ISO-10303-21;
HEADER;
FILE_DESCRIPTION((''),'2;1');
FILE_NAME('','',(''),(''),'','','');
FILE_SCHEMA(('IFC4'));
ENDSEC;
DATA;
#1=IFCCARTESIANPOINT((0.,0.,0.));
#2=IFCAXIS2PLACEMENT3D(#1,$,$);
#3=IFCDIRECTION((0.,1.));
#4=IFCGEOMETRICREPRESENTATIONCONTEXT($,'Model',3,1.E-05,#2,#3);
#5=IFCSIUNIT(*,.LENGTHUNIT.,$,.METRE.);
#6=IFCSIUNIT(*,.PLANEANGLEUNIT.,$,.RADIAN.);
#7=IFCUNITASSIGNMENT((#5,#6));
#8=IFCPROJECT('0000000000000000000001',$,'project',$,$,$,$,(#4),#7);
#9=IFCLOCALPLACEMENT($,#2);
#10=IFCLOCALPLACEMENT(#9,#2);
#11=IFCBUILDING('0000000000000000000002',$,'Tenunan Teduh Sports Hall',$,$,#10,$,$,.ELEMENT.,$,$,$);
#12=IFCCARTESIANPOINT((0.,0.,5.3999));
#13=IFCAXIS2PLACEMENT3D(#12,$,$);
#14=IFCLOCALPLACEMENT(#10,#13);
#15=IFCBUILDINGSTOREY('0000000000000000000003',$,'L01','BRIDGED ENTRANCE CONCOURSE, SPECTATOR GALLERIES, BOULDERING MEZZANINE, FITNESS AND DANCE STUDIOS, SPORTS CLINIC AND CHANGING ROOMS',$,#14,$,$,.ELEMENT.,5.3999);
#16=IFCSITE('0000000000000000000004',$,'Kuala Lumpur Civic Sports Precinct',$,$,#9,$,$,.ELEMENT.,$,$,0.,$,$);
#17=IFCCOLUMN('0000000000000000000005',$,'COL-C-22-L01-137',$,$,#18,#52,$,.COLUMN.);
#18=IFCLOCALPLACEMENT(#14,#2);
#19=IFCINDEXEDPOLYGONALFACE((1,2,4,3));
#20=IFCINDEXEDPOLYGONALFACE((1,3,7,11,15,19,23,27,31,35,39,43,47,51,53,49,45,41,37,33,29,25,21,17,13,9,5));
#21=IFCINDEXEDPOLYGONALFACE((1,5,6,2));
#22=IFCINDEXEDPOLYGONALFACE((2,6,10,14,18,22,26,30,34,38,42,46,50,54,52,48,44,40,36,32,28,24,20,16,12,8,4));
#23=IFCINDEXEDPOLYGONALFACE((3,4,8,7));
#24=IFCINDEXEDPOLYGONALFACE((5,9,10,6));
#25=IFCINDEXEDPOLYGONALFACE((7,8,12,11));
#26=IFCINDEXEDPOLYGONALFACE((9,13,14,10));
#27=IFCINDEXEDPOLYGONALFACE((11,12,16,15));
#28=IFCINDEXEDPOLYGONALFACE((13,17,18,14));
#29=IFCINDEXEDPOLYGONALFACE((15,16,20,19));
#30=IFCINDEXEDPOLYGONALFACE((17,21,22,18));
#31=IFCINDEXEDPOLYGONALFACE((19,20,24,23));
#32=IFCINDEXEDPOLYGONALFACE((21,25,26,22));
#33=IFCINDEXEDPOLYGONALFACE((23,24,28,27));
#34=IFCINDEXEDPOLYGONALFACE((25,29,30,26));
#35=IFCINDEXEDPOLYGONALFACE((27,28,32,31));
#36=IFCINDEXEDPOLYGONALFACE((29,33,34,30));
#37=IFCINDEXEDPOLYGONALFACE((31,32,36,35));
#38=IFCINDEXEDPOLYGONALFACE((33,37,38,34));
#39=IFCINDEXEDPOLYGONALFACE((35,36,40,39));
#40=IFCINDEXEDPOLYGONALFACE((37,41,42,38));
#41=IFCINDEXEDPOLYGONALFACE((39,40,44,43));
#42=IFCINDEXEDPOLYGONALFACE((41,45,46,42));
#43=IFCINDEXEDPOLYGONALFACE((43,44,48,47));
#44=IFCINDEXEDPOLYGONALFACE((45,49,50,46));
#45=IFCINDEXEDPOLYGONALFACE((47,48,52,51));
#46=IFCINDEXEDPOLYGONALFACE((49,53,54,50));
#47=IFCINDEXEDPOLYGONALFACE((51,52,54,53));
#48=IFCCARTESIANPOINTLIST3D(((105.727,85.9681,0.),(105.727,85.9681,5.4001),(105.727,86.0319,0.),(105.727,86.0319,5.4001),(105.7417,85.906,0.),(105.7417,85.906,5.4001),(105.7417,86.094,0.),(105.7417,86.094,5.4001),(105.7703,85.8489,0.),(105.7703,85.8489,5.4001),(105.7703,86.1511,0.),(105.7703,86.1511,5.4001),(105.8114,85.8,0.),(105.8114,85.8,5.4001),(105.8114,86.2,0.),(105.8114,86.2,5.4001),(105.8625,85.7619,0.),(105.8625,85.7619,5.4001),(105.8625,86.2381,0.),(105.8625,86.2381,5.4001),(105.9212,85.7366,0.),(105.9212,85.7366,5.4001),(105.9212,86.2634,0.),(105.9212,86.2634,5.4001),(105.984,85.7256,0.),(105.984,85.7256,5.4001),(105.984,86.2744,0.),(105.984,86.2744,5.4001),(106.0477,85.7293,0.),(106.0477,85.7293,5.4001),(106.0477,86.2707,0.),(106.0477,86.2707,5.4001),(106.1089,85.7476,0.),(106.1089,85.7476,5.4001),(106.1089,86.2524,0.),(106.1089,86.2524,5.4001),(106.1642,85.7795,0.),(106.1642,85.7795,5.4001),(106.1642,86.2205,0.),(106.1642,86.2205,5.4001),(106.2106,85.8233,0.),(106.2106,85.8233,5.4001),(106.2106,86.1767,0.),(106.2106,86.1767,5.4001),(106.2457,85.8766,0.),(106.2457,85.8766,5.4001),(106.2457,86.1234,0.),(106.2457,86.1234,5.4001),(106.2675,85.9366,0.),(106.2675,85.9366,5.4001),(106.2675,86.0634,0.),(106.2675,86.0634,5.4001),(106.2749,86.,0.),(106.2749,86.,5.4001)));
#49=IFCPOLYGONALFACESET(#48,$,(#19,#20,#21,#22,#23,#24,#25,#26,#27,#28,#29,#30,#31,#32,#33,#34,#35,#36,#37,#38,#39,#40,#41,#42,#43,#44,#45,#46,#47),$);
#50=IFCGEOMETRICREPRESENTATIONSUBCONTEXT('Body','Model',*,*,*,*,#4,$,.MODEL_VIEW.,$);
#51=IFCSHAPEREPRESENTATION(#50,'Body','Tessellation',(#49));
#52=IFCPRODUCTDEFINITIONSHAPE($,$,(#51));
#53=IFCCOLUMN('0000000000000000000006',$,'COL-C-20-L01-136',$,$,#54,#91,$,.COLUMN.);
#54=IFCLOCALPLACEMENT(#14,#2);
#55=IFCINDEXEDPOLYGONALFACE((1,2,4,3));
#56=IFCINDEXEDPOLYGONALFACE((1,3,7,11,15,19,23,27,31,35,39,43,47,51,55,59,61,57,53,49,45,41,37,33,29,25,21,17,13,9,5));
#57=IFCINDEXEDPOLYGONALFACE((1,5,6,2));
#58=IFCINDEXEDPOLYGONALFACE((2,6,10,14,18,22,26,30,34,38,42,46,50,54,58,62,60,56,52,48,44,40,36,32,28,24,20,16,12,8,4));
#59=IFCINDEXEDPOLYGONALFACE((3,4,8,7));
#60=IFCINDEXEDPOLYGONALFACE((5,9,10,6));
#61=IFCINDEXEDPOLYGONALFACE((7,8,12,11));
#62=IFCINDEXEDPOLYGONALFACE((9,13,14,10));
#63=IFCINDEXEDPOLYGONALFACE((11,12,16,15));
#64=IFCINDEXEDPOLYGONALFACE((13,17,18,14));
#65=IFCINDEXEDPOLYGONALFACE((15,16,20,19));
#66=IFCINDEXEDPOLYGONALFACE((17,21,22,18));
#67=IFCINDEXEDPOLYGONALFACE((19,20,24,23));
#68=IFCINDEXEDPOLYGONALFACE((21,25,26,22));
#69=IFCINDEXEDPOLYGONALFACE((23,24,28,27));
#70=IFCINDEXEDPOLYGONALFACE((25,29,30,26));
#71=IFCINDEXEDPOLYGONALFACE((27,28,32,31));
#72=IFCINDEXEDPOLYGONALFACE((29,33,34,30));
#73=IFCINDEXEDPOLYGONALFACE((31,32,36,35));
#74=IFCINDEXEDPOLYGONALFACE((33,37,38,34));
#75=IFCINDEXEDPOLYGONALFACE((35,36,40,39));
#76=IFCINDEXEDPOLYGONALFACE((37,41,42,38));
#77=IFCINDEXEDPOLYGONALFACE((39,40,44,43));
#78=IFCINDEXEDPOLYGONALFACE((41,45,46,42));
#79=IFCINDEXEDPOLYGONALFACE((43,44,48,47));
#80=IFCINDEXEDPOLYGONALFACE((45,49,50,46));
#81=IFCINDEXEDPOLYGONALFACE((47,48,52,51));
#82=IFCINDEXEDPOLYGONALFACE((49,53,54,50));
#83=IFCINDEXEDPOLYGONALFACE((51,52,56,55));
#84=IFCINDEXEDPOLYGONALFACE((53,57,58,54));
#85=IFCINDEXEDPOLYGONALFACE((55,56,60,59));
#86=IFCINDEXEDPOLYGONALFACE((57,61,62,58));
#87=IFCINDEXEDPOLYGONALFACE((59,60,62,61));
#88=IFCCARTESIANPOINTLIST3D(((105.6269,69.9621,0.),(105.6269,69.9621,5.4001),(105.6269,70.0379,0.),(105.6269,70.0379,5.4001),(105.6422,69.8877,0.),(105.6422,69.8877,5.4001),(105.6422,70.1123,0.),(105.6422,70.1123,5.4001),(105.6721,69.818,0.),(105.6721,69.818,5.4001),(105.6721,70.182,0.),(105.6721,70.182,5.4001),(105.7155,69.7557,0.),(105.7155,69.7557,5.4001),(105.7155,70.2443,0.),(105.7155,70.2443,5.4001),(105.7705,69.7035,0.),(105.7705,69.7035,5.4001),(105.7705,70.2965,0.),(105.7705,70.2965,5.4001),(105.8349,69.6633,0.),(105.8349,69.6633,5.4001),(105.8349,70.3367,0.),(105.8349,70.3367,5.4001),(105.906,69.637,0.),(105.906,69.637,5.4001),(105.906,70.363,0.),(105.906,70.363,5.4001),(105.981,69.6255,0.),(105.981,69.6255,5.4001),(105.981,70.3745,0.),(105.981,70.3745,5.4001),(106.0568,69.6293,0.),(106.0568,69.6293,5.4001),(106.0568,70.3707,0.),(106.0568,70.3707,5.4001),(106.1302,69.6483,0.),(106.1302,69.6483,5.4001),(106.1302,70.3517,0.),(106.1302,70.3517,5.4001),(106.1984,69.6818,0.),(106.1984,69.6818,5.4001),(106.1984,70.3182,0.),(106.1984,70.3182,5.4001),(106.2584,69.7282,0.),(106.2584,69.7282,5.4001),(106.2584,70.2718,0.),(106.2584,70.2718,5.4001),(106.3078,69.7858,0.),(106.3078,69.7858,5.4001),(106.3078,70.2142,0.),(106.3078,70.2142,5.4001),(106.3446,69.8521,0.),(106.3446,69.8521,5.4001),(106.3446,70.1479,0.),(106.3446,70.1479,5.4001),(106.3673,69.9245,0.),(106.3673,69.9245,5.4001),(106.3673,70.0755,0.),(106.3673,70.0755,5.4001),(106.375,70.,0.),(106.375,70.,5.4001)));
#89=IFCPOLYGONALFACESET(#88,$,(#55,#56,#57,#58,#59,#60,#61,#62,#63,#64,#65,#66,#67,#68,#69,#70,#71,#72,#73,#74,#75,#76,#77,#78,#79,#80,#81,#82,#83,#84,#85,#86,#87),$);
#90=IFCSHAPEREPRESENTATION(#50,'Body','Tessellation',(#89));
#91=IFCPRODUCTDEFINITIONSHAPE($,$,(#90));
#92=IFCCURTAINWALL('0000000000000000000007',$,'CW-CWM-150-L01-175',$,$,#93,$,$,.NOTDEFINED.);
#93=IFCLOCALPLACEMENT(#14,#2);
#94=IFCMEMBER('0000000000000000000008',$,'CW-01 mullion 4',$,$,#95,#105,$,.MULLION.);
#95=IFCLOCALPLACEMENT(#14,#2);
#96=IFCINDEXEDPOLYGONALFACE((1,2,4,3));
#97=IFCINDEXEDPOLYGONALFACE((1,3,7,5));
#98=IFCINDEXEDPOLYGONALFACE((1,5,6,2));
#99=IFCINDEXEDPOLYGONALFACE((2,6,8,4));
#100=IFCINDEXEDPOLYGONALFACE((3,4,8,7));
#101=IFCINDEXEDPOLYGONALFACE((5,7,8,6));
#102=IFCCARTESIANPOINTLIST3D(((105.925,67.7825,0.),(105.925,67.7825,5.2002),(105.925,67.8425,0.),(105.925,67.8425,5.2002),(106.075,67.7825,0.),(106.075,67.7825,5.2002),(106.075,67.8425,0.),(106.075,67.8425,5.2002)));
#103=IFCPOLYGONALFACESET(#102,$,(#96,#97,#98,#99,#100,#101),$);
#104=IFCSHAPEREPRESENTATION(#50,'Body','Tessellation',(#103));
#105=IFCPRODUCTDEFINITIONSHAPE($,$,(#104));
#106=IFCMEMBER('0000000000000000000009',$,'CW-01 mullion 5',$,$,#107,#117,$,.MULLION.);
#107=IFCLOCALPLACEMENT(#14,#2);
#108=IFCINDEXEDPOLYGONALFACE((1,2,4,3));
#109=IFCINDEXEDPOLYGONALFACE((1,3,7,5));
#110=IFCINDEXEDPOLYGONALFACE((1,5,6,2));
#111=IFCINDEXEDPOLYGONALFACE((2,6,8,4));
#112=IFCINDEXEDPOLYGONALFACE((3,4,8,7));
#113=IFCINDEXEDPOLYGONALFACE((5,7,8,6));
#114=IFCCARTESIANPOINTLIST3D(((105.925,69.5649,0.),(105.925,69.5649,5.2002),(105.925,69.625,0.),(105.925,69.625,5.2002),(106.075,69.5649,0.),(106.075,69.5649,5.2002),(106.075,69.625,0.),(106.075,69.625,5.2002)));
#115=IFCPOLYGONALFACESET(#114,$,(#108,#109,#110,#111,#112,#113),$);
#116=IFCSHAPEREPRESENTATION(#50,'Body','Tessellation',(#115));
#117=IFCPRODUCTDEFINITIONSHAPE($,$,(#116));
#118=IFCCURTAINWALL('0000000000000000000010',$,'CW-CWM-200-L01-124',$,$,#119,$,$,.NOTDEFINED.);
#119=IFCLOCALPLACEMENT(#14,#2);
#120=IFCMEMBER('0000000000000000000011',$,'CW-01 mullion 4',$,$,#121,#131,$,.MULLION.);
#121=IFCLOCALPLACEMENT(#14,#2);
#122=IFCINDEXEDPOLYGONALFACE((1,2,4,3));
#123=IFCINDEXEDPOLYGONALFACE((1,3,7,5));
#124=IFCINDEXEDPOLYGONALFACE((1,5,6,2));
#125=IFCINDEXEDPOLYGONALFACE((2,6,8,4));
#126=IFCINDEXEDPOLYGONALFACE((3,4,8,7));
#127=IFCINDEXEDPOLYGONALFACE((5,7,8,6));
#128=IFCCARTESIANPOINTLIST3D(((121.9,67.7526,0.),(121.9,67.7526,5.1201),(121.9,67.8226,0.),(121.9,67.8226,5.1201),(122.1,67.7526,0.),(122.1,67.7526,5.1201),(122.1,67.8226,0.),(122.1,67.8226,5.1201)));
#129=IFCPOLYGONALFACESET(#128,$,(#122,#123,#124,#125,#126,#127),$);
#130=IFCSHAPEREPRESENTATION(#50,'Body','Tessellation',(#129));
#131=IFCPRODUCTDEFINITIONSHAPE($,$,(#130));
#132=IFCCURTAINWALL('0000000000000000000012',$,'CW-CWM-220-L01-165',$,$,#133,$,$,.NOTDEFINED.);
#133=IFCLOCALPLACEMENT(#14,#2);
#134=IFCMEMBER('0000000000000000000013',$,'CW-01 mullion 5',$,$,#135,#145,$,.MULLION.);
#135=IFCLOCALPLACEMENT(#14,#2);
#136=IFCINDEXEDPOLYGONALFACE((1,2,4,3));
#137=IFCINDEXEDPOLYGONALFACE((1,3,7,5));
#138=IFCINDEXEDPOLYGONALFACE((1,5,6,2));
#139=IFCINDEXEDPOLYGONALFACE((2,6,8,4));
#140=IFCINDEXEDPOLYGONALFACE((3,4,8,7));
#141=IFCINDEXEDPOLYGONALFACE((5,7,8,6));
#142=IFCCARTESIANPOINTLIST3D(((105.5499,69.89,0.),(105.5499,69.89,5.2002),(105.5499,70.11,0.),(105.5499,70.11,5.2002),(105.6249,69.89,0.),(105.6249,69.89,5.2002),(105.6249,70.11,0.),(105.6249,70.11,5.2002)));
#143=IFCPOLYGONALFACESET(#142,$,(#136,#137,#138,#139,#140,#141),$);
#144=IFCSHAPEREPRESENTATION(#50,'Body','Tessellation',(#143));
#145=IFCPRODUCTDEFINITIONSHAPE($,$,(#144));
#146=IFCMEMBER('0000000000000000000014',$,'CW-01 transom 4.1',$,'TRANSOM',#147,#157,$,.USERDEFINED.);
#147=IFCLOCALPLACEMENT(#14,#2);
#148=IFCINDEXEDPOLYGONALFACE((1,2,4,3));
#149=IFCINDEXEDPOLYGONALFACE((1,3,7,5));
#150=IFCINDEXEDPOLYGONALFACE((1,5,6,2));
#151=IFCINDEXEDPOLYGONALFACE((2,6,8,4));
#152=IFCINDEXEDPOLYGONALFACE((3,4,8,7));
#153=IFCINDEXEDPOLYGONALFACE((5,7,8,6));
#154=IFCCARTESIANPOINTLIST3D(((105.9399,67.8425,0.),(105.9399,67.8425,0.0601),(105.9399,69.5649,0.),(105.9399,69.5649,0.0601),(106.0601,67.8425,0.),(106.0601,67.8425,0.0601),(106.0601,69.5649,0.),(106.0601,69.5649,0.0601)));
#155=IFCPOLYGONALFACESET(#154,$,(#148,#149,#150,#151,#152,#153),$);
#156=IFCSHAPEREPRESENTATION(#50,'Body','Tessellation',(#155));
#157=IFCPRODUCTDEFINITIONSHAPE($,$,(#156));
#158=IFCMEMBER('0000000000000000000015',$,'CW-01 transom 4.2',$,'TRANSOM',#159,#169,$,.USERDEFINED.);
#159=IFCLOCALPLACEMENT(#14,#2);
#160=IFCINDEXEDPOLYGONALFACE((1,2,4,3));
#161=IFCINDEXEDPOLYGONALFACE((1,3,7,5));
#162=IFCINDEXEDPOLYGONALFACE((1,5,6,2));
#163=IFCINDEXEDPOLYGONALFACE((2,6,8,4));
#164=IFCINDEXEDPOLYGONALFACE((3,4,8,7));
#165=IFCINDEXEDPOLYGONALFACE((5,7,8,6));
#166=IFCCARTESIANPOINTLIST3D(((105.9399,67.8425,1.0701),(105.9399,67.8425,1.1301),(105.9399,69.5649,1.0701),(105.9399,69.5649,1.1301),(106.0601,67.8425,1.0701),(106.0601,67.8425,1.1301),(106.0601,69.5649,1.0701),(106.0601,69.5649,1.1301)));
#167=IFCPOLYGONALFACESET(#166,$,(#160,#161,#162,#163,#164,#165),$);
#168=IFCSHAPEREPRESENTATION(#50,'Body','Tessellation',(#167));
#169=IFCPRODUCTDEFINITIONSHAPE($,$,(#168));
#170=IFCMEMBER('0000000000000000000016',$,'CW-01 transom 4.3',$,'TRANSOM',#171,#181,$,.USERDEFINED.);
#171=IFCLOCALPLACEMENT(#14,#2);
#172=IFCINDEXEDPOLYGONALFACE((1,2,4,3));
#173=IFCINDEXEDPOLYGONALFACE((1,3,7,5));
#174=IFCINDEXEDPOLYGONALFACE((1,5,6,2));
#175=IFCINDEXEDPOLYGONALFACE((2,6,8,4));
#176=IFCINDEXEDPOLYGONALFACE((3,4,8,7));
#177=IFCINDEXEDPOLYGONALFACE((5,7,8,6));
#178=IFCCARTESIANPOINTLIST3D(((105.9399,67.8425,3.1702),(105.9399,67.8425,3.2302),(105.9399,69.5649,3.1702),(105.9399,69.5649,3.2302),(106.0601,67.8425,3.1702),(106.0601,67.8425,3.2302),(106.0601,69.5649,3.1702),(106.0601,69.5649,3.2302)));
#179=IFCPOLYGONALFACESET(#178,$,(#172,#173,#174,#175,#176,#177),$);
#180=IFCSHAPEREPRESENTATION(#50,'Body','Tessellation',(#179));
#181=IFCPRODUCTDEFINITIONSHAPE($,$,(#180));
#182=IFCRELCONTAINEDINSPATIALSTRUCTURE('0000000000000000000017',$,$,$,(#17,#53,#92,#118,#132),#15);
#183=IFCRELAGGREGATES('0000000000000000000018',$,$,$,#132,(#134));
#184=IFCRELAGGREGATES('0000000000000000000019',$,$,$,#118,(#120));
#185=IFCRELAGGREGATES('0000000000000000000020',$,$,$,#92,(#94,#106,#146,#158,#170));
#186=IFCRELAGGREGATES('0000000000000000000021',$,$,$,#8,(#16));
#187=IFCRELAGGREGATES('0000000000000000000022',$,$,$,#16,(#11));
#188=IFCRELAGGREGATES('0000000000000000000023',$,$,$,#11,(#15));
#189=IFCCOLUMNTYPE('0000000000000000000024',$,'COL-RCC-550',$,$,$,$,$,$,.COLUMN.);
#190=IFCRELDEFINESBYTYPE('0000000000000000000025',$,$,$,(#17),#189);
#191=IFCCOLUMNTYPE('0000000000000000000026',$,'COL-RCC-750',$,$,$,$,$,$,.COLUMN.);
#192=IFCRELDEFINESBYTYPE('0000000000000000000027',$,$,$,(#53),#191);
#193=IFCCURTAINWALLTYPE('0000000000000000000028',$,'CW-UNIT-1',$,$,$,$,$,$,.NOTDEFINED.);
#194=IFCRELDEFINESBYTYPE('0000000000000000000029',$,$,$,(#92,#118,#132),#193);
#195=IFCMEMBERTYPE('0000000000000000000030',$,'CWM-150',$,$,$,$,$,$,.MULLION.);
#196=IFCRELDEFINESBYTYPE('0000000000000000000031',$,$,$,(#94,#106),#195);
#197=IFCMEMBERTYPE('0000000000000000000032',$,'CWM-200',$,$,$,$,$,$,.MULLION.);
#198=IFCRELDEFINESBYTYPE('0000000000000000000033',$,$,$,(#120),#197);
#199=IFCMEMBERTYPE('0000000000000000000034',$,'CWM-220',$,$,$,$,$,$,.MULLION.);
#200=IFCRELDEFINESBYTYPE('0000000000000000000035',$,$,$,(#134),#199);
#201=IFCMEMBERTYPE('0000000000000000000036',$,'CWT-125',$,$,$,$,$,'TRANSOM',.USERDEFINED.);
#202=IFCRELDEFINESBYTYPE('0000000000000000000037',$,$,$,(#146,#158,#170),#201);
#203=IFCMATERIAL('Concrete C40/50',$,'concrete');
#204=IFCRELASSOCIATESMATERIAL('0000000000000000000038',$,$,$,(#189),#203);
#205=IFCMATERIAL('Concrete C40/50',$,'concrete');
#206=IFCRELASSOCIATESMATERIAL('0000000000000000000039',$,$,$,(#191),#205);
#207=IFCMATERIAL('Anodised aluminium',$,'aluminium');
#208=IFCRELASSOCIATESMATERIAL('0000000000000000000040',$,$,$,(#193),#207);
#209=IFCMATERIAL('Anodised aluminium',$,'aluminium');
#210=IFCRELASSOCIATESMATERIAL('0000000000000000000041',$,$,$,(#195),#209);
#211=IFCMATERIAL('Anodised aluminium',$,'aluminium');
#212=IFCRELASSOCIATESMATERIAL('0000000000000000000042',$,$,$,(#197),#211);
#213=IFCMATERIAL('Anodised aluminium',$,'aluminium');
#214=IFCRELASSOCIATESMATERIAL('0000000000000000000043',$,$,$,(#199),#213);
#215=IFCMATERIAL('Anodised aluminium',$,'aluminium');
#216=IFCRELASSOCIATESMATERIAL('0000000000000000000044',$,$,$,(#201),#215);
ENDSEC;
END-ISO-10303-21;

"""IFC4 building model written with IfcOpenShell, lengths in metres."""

from ifc_helpers import new_model, si_unit, direction, frame, origin, origin_2d, place, context, subcontext, project, spatial, rectangle, circle, extrude, material, material_profile, profile_set, type_object, element, aggregate, save


model = new_model("IFC4")

# Units and contexts
model_context = context("Model", 3, precision=1e-05, world=origin(), true_north=direction((0.0, 1.0)))
body_context = subcontext(model_context, "Body", "Model", "MODEL_VIEW")
ifc_project = project(units=[si_unit("LENGTHUNIT", "METRE"), si_unit("PLANEANGLEUNIT", "RADIAN")], contexts=[model_context])

# Site, building, storey
site_placement = place(None, origin())
site = spatial("IfcSite", under=ifc_project, at=site_placement, Name="Kuala Lumpur Civic Sports Precinct", CompositionType="ELEMENT", RefElevation=0.0)
building_placement = place(site_placement, origin())
building = spatial("IfcBuilding", under=site, at=building_placement, Name="Tenunan Teduh Sports Hall", CompositionType="ELEMENT")
storey_placement = place(building_placement, frame((0.0, 0.0, 5.3999)))
storey = spatial("IfcBuildingStorey", under=building, at=storey_placement, Name="L01", Description="BRIDGED ENTRANCE CONCOURSE, SPECTATOR GALLERIES, BOULDERING MEZZANINE, FITNESS AND DANCE STUDIOS, SPORTS CLINIC AND CHANGING ROOMS", CompositionType="ELEMENT", Elevation=5.3999)

# Columns
ifc_material_1 = material(Name="Concrete C40/50", Category="concrete")
ifc_material_profile_1 = material_profile(ifc_material_1, circle(Radius=0.2749, at=origin_2d()), Name="RCC D550")
ifc_profile_set_1 = profile_set([ifc_material_profile_1], Name="Concrete C40/50")
column_type_1 = type_object("IfcColumnType", Name="COL-RCC-550", PredefinedType="COLUMN", material=ifc_profile_set_1)
column_1_placement = place(storey_placement, frame((106.0, 86.0, 0.0), z_axis=(0.0, 0.0, 1.0), x_axis=(1.0, 0.0, 0.0)))
element("IfcColumn", 1, at=column_1_placement, inside=storey, type_object=column_type_1, Name="COL-C-22-L01-137", PredefinedType="COLUMN", context=body_context, shape_type="SweptSolid", body=[
    extrude(circle(Radius=0.2749, at=origin_2d()), origin(), (0.0, 0.0, 1.0), 5.4001),
])
ifc_material_2 = material(Name="Concrete C40/50", Category="concrete")
ifc_material_profile_2 = material_profile(ifc_material_2, circle(Radius=0.375, at=origin_2d()), Name="RCC D750")
ifc_profile_set_2 = profile_set([ifc_material_profile_2], Name="Concrete C40/50")
column_type_2 = type_object("IfcColumnType", Name="COL-RCC-750", PredefinedType="COLUMN", material=ifc_profile_set_2)
column_2_placement = place(storey_placement, frame((106.0, 70.0, 0.0), z_axis=(0.0, 0.0, 1.0), x_axis=(1.0, 0.0, 0.0)))
element("IfcColumn", 2, at=column_2_placement, inside=storey, type_object=column_type_2, Name="COL-C-20-L01-136", PredefinedType="COLUMN", context=body_context, shape_type="SweptSolid", body=[
    extrude(circle(Radius=0.375, at=origin_2d()), origin(), (0.0, 0.0, 1.0), 5.4001),
])

# Curtain wall, members
ifc_material_3 = material(Name="Anodised aluminium", Category="aluminium")
curtain_wall_type = type_object("IfcCurtainWallType", Name="CW-UNIT-1", PredefinedType="NOTDEFINED", material=ifc_material_3)
curtain_wall_1_placement = place(storey_placement, origin())
curtain_wall_1 = element("IfcCurtainWall", 3, at=curtain_wall_1_placement, inside=storey, type_object=curtain_wall_type, Name="CW-CWM-150-L01-175", PredefinedType="NOTDEFINED")
ifc_material_4 = material(Name="Anodised aluminium", Category="aluminium")
ifc_material_profile_3 = material_profile(ifc_material_4, rectangle(XDim=0.0601, YDim=0.1499, at=origin_2d()), Name="CWM 60x150")
ifc_profile_set_3 = profile_set([ifc_material_profile_3], Name="Anodised aluminium")
member_type_1 = type_object("IfcMemberType", Name="CWM-150", PredefinedType="MULLION", material=ifc_profile_set_3)
member_1_placement = place(storey_placement, frame((106.0, 67.8125, 0.0), z_axis=(0.0, 0.0, 1.0), x_axis=(0.0, 1.0, 0.0)))
member_1 = element("IfcMember", 4, at=member_1_placement, type_object=member_type_1, Name="CW-01 mullion 4", PredefinedType="MULLION", context=body_context, shape_type="SweptSolid", body=[
    extrude(rectangle(XDim=0.0601, YDim=0.1499, at=origin_2d()), origin(), (0.0, 0.0, 1.0), 5.2002),
])
member_2_placement = place(storey_placement, frame((106.0, 69.595, 0.0), z_axis=(0.0, 0.0, 1.0), x_axis=(0.0, 1.0, 0.0)))
member_2 = element("IfcMember", 5, at=member_2_placement, type_object=member_type_1, Name="CW-01 mullion 5", PredefinedType="MULLION", context=body_context, shape_type="SweptSolid", body=[
    extrude(rectangle(XDim=0.0601, YDim=0.1499, at=origin_2d()), origin(), (0.0, 0.0, 1.0), 5.2002),
])

# Curtain walls, members
curtain_wall_2_placement = place(storey_placement, origin())
curtain_wall_2 = element("IfcCurtainWall", 6, at=curtain_wall_2_placement, inside=storey, type_object=curtain_wall_type, Name="CW-CWM-200-L01-124", PredefinedType="NOTDEFINED")
ifc_material_5 = material(Name="Anodised aluminium", Category="aluminium")
ifc_material_profile_4 = material_profile(ifc_material_5, rectangle(XDim=0.0701, YDim=0.2, at=origin_2d()), Name="CWM 70x200")
ifc_profile_set_4 = profile_set([ifc_material_profile_4], Name="Anodised aluminium")
member_type_2 = type_object("IfcMemberType", Name="CWM-200", PredefinedType="MULLION", material=ifc_profile_set_4)
member_3_placement = place(storey_placement, frame((122.0, 67.7876, 0.0), z_axis=(0.0, 0.0, 1.0), x_axis=(0.0, 1.0, 0.0)))
member_3 = element("IfcMember", 7, at=member_3_placement, type_object=member_type_2, Name="CW-01 mullion 4", PredefinedType="MULLION", context=body_context, shape_type="SweptSolid", body=[
    extrude(rectangle(XDim=0.0701, YDim=0.2, at=origin_2d()), origin(), (0.0, 0.0, 1.0), 5.1201),
])
curtain_wall_3_placement = place(storey_placement, origin())
curtain_wall_3 = element("IfcCurtainWall", 8, at=curtain_wall_3_placement, inside=storey, type_object=curtain_wall_type, Name="CW-CWM-220-L01-165", PredefinedType="NOTDEFINED")
ifc_material_6 = material(Name="Anodised aluminium", Category="aluminium")
ifc_material_profile_5 = material_profile(ifc_material_6, rectangle(XDim=0.075, YDim=0.22, at=origin_2d()), Name="CWM 75x220")
ifc_profile_set_5 = profile_set([ifc_material_profile_5], Name="Anodised aluminium")
member_type_3 = type_object("IfcMemberType", Name="CWM-220", PredefinedType="MULLION", material=ifc_profile_set_5)
member_4_placement = place(storey_placement, frame((105.5874, 70.0, 0.0), z_axis=(0.0, 0.0, 1.0), x_axis=(1.0, 0.0, 0.0)))
member_4 = element("IfcMember", 9, at=member_4_placement, type_object=member_type_3, Name="CW-01 mullion 5", PredefinedType="MULLION", context=body_context, shape_type="SweptSolid", body=[
    extrude(rectangle(XDim=0.075, YDim=0.22, at=origin_2d()), origin(), (0.0, 0.0, 1.0), 5.2002),
])
aggregate(curtain_wall_3, [member_4])

# Members
ifc_material_7 = material(Name="Anodised aluminium", Category="aluminium")
ifc_material_profile_6 = material_profile(ifc_material_7, rectangle(XDim=0.0601, YDim=0.1201, at=origin_2d()), Name="CWT 60x120")
ifc_profile_set_6 = profile_set([ifc_material_profile_6], Name="Anodised aluminium")
member_type_4 = type_object("IfcMemberType", Name="CWT-125", ElementType="TRANSOM", PredefinedType="USERDEFINED", material=ifc_profile_set_6)
member_5_placement = place(storey_placement, frame((106.0, 67.8425, 0.03), z_axis=(0.0, 1.0, 0.0), x_axis=(0.0, 0.0, 1.0)))
member_5 = element("IfcMember", 10, at=member_5_placement, type_object=member_type_4, Name="CW-01 transom 4.1", ObjectType="TRANSOM", PredefinedType="USERDEFINED", context=body_context, shape_type="SweptSolid", body=[
    extrude(rectangle(XDim=0.0601, YDim=0.1201, at=origin_2d()), origin(), (0.0, 0.0, 1.0), 1.7224),
])
member_6_placement = place(storey_placement, frame((106.0, 67.8425, 1.1001), z_axis=(0.0, 1.0, 0.0), x_axis=(0.0, 0.0, 1.0)))
member_6 = element("IfcMember", 11, at=member_6_placement, type_object=member_type_4, Name="CW-01 transom 4.2", ObjectType="TRANSOM", PredefinedType="USERDEFINED", context=body_context, shape_type="SweptSolid", body=[
    extrude(rectangle(XDim=0.0601, YDim=0.1201, at=origin_2d()), origin(), (0.0, 0.0, 1.0), 1.7224),
])
member_7_placement = place(storey_placement, frame((106.0, 67.8425, 3.2002), z_axis=(0.0, 1.0, 0.0), x_axis=(0.0, 0.0, 1.0)))
member_7 = element("IfcMember", 12, at=member_7_placement, type_object=member_type_4, Name="CW-01 transom 4.3", ObjectType="TRANSOM", PredefinedType="USERDEFINED", context=body_context, shape_type="SweptSolid", body=[
    extrude(rectangle(XDim=0.0601, YDim=0.1201, at=origin_2d()), origin(), (0.0, 0.0, 1.0), 1.7224),
])
aggregate(curtain_wall_2, [member_3])

aggregate(curtain_wall_1, [member_1, member_2, member_5, member_6, member_7])

save(model, "model.ifc")
